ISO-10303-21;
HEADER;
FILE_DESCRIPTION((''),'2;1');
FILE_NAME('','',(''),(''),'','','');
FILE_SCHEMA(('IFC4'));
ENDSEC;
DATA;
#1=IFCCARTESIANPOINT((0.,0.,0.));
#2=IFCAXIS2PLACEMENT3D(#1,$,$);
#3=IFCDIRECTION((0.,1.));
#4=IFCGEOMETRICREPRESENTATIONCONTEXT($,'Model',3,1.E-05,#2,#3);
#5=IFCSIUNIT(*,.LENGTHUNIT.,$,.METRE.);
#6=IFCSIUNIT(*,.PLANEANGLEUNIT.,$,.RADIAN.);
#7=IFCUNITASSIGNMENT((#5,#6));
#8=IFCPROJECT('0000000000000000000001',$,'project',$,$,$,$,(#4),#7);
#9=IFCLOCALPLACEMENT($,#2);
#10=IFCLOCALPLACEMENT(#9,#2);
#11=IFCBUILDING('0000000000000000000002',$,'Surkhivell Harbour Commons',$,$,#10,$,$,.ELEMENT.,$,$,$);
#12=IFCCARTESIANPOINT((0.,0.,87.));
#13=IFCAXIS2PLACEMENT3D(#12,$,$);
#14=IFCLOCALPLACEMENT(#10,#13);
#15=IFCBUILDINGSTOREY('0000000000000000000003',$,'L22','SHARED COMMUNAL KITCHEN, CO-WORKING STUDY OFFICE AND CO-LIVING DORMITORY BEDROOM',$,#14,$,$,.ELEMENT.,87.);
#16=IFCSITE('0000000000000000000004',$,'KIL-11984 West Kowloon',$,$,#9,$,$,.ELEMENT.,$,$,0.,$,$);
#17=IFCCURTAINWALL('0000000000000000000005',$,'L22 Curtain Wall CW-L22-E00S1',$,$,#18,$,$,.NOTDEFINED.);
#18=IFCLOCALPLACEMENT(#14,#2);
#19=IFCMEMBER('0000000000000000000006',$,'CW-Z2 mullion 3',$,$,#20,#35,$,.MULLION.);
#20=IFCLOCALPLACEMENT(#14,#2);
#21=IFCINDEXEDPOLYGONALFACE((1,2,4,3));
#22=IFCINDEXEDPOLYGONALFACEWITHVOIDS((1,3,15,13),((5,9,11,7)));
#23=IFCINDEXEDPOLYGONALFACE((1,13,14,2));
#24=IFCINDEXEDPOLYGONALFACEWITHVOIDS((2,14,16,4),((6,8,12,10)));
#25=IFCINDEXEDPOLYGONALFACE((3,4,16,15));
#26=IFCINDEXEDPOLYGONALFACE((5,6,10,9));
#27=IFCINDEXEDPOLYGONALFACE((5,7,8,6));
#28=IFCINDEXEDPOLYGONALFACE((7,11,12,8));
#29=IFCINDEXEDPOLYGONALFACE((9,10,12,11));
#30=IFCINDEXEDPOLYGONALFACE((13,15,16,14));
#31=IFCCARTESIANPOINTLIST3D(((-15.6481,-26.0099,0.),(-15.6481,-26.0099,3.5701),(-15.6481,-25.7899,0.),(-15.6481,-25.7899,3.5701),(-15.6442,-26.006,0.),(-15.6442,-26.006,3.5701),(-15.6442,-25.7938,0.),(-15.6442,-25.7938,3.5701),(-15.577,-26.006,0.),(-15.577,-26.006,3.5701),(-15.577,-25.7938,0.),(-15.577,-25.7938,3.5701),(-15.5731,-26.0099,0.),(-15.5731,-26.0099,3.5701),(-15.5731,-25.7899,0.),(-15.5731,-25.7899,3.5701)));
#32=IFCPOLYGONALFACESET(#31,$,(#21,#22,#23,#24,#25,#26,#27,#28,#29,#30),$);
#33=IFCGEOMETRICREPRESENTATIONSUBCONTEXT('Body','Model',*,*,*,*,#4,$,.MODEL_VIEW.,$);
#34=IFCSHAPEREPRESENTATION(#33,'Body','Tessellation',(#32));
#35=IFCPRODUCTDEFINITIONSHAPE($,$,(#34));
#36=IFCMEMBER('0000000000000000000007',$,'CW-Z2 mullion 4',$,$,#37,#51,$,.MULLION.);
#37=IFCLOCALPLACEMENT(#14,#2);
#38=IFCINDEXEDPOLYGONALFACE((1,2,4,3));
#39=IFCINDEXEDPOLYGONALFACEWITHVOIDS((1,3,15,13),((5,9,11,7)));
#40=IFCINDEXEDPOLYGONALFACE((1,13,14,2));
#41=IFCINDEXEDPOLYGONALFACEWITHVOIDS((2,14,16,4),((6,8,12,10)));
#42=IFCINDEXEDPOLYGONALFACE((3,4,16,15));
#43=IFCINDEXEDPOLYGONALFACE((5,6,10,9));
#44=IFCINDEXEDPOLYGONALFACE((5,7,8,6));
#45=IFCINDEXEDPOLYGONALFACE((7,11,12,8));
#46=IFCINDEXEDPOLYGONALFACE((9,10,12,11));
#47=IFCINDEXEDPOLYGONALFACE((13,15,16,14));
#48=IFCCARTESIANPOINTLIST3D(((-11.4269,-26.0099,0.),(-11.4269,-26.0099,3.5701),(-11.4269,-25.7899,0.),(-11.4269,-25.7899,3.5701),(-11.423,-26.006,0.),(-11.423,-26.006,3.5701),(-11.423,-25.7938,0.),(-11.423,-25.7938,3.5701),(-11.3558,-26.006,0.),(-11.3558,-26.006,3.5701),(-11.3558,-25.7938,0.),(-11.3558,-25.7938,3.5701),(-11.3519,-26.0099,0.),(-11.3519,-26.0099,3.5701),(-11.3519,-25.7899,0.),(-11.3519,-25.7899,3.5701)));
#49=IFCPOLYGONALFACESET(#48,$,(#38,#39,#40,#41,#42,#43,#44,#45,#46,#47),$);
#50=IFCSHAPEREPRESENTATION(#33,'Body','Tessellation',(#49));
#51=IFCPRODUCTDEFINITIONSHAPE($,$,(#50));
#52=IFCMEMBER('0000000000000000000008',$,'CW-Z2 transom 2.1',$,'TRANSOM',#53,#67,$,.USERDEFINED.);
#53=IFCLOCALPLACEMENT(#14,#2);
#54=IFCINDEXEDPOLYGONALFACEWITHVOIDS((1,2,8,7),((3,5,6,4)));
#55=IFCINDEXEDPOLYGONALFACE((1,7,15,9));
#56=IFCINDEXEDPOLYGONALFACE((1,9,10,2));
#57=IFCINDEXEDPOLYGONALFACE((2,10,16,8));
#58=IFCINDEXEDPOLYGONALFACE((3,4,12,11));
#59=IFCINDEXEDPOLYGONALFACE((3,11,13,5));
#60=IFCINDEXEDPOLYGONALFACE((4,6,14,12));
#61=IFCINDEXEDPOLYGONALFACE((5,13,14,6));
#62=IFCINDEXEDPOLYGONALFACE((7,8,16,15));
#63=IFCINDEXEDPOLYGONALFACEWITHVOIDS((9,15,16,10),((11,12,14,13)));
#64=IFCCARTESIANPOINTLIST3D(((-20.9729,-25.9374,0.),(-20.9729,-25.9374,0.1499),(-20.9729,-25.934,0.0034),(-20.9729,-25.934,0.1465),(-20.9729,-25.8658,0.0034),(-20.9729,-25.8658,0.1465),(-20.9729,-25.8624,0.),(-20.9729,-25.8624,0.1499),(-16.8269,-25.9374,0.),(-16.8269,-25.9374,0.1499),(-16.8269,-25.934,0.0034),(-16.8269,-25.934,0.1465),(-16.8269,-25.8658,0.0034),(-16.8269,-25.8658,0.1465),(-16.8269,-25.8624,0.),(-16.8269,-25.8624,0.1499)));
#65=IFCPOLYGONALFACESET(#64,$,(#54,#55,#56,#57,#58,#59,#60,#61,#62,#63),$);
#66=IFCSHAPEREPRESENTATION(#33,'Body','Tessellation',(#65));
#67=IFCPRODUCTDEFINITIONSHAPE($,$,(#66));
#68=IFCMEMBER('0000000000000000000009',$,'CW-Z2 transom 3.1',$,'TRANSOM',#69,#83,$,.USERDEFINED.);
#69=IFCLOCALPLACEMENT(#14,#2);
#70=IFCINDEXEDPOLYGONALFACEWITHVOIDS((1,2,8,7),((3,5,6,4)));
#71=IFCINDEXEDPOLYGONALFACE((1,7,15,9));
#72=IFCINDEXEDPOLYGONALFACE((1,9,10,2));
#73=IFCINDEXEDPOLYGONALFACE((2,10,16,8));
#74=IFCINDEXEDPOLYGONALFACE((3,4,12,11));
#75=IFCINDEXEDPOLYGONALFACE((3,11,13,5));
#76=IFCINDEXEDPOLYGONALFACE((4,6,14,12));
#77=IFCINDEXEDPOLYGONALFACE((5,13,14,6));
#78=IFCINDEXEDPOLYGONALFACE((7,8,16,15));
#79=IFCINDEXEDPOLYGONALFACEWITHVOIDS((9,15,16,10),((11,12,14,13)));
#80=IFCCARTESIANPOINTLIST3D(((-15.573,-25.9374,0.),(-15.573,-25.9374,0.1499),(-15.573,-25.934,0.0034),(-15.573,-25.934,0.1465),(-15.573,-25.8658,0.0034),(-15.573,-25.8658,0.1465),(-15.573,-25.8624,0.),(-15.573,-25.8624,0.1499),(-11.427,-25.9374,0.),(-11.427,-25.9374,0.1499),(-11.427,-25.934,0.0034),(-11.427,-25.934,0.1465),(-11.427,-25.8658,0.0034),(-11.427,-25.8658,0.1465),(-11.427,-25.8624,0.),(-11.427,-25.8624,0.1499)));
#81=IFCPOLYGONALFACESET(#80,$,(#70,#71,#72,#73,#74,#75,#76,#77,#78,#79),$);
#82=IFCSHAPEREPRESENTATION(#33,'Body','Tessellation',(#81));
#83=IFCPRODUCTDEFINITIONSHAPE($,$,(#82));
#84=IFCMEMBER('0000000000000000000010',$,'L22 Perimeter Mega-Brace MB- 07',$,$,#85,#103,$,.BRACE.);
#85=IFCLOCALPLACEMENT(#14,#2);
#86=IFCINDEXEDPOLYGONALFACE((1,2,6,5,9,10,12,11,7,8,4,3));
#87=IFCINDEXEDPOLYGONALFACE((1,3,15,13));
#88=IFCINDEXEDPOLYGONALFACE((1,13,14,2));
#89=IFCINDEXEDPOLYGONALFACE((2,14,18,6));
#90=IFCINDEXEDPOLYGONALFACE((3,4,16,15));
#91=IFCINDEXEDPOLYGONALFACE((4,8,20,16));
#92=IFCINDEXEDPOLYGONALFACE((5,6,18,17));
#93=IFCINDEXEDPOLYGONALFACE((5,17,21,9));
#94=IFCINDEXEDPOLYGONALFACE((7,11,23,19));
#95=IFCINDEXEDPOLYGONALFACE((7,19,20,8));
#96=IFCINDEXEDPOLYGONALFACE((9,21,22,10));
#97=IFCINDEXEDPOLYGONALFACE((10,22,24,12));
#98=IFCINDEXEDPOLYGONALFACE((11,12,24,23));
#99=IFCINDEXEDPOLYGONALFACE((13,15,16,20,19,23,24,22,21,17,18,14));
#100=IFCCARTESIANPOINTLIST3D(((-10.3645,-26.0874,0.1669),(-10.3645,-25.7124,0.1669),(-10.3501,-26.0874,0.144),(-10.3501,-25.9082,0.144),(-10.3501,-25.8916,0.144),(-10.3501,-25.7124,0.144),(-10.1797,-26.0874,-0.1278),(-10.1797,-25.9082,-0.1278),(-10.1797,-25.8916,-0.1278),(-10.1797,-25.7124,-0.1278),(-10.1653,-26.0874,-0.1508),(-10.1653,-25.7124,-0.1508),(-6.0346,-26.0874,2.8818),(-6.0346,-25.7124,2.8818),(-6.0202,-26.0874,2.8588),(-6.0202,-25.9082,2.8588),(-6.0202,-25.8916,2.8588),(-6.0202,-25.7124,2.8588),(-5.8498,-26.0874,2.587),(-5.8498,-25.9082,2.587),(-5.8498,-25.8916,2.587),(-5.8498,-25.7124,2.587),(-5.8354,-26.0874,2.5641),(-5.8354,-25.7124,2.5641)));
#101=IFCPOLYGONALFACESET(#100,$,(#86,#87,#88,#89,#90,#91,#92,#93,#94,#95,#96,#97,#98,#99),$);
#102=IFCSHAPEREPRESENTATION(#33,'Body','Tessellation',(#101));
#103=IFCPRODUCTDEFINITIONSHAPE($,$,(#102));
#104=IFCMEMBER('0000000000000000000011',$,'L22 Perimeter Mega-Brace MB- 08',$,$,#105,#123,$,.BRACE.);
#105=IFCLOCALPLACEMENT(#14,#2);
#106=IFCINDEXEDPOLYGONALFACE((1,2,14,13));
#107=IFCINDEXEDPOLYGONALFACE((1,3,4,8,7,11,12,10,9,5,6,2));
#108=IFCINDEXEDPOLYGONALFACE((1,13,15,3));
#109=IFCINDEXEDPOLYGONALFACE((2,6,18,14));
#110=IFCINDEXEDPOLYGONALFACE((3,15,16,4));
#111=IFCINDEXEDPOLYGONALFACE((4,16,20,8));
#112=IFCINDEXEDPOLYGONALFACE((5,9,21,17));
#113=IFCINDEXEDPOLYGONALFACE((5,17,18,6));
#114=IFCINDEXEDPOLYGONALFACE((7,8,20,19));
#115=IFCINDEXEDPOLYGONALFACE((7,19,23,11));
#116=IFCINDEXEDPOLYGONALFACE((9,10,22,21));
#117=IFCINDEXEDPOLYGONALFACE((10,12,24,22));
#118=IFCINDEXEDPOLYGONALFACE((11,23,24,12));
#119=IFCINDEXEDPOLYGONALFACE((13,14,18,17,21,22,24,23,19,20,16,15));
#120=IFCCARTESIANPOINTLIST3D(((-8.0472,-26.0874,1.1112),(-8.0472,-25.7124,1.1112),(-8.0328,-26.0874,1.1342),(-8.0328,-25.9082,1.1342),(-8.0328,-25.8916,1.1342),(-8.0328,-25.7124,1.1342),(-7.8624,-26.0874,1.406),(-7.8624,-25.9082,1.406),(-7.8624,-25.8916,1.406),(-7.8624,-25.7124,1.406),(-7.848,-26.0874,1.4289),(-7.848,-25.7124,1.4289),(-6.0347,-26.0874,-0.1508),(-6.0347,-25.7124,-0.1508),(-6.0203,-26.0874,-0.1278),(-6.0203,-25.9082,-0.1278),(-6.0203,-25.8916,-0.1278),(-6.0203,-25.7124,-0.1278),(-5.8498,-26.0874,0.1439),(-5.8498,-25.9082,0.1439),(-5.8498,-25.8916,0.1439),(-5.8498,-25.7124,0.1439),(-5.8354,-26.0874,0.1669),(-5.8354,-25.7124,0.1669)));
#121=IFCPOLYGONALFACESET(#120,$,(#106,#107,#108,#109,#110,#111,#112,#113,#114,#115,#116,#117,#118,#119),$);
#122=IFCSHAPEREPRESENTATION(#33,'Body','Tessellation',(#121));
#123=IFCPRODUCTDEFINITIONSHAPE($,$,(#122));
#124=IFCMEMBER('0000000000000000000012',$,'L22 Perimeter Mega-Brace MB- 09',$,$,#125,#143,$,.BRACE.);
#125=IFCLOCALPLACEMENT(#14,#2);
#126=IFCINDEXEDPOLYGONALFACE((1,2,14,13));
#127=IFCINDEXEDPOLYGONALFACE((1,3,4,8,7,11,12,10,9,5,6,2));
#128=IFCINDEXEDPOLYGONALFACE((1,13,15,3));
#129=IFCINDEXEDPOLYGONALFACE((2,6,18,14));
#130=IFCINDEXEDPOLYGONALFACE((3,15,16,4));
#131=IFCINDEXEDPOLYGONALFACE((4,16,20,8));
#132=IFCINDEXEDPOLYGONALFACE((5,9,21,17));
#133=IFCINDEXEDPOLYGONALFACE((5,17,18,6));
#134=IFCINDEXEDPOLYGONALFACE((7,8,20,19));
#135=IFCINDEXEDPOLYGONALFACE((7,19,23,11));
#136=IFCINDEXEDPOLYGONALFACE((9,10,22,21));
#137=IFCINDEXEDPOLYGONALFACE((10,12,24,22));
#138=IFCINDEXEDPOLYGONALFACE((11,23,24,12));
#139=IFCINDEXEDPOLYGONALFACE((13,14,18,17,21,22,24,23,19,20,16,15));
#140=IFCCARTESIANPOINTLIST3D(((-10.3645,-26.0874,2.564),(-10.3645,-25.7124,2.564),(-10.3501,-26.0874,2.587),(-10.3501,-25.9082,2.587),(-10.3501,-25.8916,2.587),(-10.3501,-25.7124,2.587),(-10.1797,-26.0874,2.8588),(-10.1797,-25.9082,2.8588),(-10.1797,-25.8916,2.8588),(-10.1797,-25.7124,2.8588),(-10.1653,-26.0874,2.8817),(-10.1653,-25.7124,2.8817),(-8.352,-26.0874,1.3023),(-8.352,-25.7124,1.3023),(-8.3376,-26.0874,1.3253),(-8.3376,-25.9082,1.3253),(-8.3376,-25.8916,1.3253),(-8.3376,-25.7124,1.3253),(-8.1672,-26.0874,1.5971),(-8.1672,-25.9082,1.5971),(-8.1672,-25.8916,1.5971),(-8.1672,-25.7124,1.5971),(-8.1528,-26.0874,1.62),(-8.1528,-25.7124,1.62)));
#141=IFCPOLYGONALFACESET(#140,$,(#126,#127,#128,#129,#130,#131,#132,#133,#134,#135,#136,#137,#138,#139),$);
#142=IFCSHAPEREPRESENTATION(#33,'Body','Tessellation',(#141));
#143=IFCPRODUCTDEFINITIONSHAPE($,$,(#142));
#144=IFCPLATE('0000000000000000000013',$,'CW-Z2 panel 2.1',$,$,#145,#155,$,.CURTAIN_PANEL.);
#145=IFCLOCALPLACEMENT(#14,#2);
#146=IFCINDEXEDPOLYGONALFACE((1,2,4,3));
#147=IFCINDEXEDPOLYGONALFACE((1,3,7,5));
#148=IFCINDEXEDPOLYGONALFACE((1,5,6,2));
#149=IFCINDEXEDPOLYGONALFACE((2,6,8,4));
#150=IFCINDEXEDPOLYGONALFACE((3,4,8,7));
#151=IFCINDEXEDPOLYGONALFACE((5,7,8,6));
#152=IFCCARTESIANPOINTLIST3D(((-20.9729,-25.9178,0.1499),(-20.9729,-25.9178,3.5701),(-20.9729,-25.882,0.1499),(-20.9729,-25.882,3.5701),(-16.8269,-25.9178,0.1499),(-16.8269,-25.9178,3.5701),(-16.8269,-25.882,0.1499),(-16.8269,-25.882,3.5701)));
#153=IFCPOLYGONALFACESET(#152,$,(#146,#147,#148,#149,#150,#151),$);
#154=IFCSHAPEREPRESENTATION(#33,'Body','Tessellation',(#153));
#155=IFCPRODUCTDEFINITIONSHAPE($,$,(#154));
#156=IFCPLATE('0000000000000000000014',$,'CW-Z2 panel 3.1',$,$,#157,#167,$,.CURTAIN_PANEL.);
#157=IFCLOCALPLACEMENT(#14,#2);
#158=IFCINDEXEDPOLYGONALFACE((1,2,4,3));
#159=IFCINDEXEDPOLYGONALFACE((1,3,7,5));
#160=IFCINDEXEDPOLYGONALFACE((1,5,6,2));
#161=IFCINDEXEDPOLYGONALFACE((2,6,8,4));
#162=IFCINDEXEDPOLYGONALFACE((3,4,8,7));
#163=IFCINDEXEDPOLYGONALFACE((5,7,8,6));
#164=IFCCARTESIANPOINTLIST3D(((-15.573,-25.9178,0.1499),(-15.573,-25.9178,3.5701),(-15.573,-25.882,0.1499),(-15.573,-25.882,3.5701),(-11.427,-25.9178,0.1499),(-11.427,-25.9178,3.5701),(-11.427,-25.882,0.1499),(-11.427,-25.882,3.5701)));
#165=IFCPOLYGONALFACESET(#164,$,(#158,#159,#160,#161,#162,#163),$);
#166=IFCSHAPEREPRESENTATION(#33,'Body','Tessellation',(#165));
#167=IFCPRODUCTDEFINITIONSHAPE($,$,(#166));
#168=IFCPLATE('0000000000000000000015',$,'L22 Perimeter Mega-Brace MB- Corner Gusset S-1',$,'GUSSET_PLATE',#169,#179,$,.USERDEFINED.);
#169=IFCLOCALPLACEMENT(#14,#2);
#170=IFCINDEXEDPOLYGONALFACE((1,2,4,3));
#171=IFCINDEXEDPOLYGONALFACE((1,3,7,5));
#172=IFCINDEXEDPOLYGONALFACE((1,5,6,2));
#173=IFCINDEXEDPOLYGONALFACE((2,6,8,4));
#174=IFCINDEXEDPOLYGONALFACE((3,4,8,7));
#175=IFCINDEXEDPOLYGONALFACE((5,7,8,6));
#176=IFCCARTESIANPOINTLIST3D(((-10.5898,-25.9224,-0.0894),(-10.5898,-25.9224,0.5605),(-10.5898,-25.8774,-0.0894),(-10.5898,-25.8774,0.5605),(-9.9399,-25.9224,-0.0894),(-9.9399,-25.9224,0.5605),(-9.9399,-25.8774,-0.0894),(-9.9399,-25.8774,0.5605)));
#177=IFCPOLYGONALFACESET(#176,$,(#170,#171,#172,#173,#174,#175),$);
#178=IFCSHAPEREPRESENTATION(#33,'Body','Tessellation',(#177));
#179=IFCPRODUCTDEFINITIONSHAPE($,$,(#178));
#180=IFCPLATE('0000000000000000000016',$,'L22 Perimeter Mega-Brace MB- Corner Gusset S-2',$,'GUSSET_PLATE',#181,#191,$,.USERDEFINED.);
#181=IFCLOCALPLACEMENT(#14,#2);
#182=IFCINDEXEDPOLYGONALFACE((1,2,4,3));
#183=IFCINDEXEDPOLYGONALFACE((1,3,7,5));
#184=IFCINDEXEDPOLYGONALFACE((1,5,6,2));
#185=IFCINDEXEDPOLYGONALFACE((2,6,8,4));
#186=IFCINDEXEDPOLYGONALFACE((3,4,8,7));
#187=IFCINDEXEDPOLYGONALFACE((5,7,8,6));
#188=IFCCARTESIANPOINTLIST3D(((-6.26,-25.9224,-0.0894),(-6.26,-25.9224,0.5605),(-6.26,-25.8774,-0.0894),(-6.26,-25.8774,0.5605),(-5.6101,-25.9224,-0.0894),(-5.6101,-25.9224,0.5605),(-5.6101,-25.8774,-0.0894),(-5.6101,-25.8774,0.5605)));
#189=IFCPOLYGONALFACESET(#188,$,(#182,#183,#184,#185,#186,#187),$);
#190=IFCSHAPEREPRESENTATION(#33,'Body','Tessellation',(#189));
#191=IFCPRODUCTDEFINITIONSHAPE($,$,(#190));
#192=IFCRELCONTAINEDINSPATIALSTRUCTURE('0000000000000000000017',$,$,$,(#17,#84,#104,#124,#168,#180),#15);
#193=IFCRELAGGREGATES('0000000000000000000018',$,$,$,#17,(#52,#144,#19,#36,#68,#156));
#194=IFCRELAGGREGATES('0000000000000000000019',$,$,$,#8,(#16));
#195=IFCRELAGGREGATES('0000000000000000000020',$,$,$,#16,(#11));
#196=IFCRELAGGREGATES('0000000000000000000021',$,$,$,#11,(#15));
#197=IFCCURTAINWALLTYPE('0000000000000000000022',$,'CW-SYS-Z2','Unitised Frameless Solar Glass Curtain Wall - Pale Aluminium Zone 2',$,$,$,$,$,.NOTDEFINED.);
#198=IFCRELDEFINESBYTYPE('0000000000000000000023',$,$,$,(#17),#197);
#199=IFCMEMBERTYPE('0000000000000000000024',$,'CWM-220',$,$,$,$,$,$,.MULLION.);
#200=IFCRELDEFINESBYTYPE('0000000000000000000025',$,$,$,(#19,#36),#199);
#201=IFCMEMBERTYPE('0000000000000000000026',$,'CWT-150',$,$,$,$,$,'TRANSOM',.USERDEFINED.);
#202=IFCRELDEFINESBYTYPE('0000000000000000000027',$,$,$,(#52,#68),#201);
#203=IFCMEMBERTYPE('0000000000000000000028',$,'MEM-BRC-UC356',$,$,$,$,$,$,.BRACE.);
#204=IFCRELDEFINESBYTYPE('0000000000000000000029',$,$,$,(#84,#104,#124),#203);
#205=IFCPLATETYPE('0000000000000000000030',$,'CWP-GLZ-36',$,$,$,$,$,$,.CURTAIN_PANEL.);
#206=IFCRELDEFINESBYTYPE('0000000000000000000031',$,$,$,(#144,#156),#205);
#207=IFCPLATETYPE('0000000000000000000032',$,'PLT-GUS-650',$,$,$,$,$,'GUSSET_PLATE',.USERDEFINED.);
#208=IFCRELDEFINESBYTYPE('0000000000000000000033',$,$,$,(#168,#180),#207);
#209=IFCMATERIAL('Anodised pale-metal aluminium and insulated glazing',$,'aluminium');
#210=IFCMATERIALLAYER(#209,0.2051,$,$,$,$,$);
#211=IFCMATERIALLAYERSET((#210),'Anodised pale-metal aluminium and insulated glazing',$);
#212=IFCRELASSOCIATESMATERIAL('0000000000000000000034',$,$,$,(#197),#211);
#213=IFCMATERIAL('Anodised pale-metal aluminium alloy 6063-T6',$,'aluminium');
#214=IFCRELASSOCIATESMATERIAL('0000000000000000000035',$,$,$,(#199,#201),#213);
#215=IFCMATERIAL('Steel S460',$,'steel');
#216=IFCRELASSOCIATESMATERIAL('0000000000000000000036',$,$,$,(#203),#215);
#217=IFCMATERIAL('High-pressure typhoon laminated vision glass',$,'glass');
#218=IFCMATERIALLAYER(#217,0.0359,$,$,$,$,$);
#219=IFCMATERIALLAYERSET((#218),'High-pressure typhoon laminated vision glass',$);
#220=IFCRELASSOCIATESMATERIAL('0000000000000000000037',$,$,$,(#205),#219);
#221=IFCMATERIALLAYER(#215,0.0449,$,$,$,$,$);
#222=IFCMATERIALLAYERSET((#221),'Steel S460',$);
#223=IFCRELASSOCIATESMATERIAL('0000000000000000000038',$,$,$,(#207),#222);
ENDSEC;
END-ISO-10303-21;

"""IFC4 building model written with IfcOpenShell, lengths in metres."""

from ifc_helpers import new_model, si_unit, direction, frame, frame_2d, origin, origin_2d, place, context, subcontext, project, spatial, rectangle, hollow_rectangle, i_section, extrude, material, layer, layer_set, material_profile, profile_set, type_object, element, aggregate, save


model = new_model("IFC4")

# Units and contexts
model_context = context("Model", 3, precision=1e-05, world=origin(), true_north=direction((0.0, 1.0)))
body_context = subcontext(model_context, "Body", "Model", "MODEL_VIEW")
ifc_project = project(units=[si_unit("LENGTHUNIT", "METRE"), si_unit("PLANEANGLEUNIT", "RADIAN")], contexts=[model_context])

# Site, building, storey
site_placement = place(None, origin())
site = spatial("IfcSite", under=ifc_project, at=site_placement, Name="KIL-11984 West Kowloon", CompositionType="ELEMENT", RefElevation=0.0)
building_placement = place(site_placement, origin())
building = spatial("IfcBuilding", under=site, at=building_placement, Name="Surkhivell Harbour Commons", CompositionType="ELEMENT")
storey_placement = place(building_placement, frame((0.0, 0.0, 87.0)))
storey = spatial("IfcBuildingStorey", under=building, at=storey_placement, Name="L22", Description="SHARED COMMUNAL KITCHEN, CO-WORKING STUDY OFFICE AND CO-LIVING DORMITORY BEDROOM", CompositionType="ELEMENT", Elevation=87.0)

# Shared definitions
ifc_material_1 = material(Name="Steel S460", Category="steel")

# Curtain wall, members
ifc_material_2 = material(Name="Anodised pale-metal aluminium and insulated glazing", Category="aluminium")
ifc_layer_1 = layer(ifc_material_2, 0.2051)
ifc_layer_set_1 = layer_set([ifc_layer_1], Name="Anodised pale-metal aluminium and insulated glazing")
curtain_wall_type = type_object("IfcCurtainWallType", Name="CW-SYS-Z2", Description="Unitised Frameless Solar Glass Curtain Wall - Pale Aluminium Zone 2", PredefinedType="NOTDEFINED", material=ifc_layer_set_1)
curtain_wall_placement = place(storey_placement, origin())
curtain_wall = element("IfcCurtainWall", 1, at=curtain_wall_placement, inside=storey, type_object=curtain_wall_type, Name="L22 Curtain Wall CW-L22-E00S1", PredefinedType="NOTDEFINED")
ifc_material_3 = material(Name="Anodised pale-metal aluminium alloy 6063-T6", Category="aluminium")
ifc_material_profile_1 = material_profile(ifc_material_3, hollow_rectangle(XDim=0.075, YDim=0.22, WallThickness=0.0039, at=origin_2d()), Name="ALU-MULL-75x220")
ifc_profile_set_1 = profile_set([ifc_material_profile_1], Name="Anodised pale-metal aluminium alloy 6063-T6")
member_type_1 = type_object("IfcMemberType", Name="CWM-220", PredefinedType="MULLION", material=ifc_profile_set_1)
member_1_placement = place(storey_placement, frame((-15.6106, -25.8999, 0.0), z_axis=(0.0, 0.0, 1.0), x_axis=(1.0, 0.0, 0.0)))
member_1 = element("IfcMember", 2, at=member_1_placement, type_object=member_type_1, Name="CW-Z2 mullion 3", PredefinedType="MULLION", context=body_context, shape_type="SweptSolid", body=[
    extrude(hollow_rectangle(XDim=0.075, YDim=0.22, WallThickness=0.0039, at=origin_2d()), origin(), (0.0, 0.0, 1.0), 3.5701),
])
member_2_placement = place(storey_placement, frame((-11.3894, -25.8999, 0.0), z_axis=(0.0, 0.0, 1.0), x_axis=(1.0, 0.0, 0.0)))
member_2 = element("IfcMember", 3, at=member_2_placement, type_object=member_type_1, Name="CW-Z2 mullion 4", PredefinedType="MULLION", context=body_context, shape_type="SweptSolid", body=[
    extrude(hollow_rectangle(XDim=0.075, YDim=0.22, WallThickness=0.0039, at=origin_2d()), origin(), (0.0, 0.0, 1.0), 3.5701),
])
ifc_material_profile_2 = material_profile(ifc_material_3, hollow_rectangle(XDim=0.075, YDim=0.1499, WallThickness=0.0034, at=origin_2d()), Name="ALU-TRAN-75x150")
ifc_profile_set_2 = profile_set([ifc_material_profile_2], Name="Anodised pale-metal aluminium alloy 6063-T6")
member_type_2 = type_object("IfcMemberType", Name="CWT-150", ElementType="TRANSOM", PredefinedType="USERDEFINED", material=ifc_profile_set_2)
member_3_placement = place(storey_placement, frame((-20.9729, -25.8999, 0.075), z_axis=(1.0, 0.0, 0.0), x_axis=(0.0, 1.0, 0.0)))
member_3 = element("IfcMember", 4, at=member_3_placement, type_object=member_type_2, Name="CW-Z2 transom 2.1", ObjectType="TRANSOM", PredefinedType="USERDEFINED", context=body_context, shape_type="SweptSolid", body=[
    extrude(hollow_rectangle(XDim=0.075, YDim=0.1499, WallThickness=0.0034, at=origin_2d()), origin(), (0.0, 0.0, 1.0), 4.146),
])
member_4_placement = place(storey_placement, frame((-15.573, -25.8999, 0.075), z_axis=(1.0, 0.0, 0.0), x_axis=(0.0, 1.0, 0.0)))
member_4 = element("IfcMember", 5, at=member_4_placement, type_object=member_type_2, Name="CW-Z2 transom 3.1", ObjectType="TRANSOM", PredefinedType="USERDEFINED", context=body_context, shape_type="SweptSolid", body=[
    extrude(hollow_rectangle(XDim=0.075, YDim=0.1499, WallThickness=0.0034, at=origin_2d()), origin(), (0.0, 0.0, 1.0), 4.146),
])

# Members
ifc_material_profile_3 = material_profile(ifc_material_1, i_section(OverallWidth=0.375, OverallDepth=0.375, WebThickness=0.0166, FlangeThickness=0.0271, at=origin_2d()), Name="UC356x368x202")
ifc_profile_set_3 = profile_set([ifc_material_profile_3], Name="Steel S460")
member_type_3 = type_object("IfcMemberType", Name="MEM-BRC-UC356", PredefinedType="BRACE", material=ifc_profile_set_3)
member_5_placement = place(storey_placement, frame((-10.2649, -25.8999, 0.0081), z_axis=(0.847233, 0.0, 0.531222), x_axis=(0.0, 1.0, 0.0)))
element("IfcMember", 6, at=member_5_placement, inside=storey, type_object=member_type_3, Name="L22 Perimeter Mega-Brace MB- 07", PredefinedType="BRACE", context=body_context, shape_type="SweptSolid", body=[
    extrude(i_section(OverallWidth=0.375, OverallDepth=0.375, WebThickness=0.0166, FlangeThickness=0.0271, at=origin_2d()), origin(), (0.0, 0.0, 1.0), 5.1106),
])
member_6_placement = place(storey_placement, frame((-5.9351, -25.8999, 0.0081), z_axis=(-0.847206, 0.0, 0.531264), x_axis=(0.0, -1.0, 0.0)))
element("IfcMember", 7, at=member_6_placement, inside=storey, type_object=member_type_3, Name="L22 Perimeter Mega-Brace MB- 08", PredefinedType="BRACE", context=body_context, shape_type="SweptSolid", body=[
    extrude(i_section(OverallWidth=0.375, OverallDepth=0.375, WebThickness=0.0166, FlangeThickness=0.0271, at=origin_2d()), origin(), (0.0, 0.0, 1.0), 2.3755),
])
member_7_placement = place(storey_placement, frame((-8.2524, -25.8999, 1.4612), z_axis=(-0.847253, 0.0, 0.53119), x_axis=(0.0, -1.0, 0.0)))
element("IfcMember", 8, at=member_7_placement, inside=storey, type_object=member_type_3, Name="L22 Perimeter Mega-Brace MB- 09", PredefinedType="BRACE", context=body_context, shape_type="SweptSolid", body=[
    extrude(i_section(OverallWidth=0.375, OverallDepth=0.375, WebThickness=0.0166, FlangeThickness=0.0271, at=origin_2d()), origin(), (0.0, 0.0, 1.0), 2.3752),
])

# Plates
ifc_material_4 = material(Name="High-pressure typhoon laminated vision glass", Category="glass")
ifc_layer_2 = layer(ifc_material_4, 0.0359)
ifc_layer_set_2 = layer_set([ifc_layer_2], Name="High-pressure typhoon laminated vision glass")
plate_type_1 = type_object("IfcPlateType", Name="CWP-GLZ-36", PredefinedType="CURTAIN_PANEL", material=ifc_layer_set_2)
plate_1_placement = place(storey_placement, frame((-20.9729, -25.8999, 0.1499), z_axis=(0.0, 0.0, 1.0), x_axis=(1.0, 0.0, 0.0)))
plate_1 = element("IfcPlate", 9, at=plate_1_placement, type_object=plate_type_1, Name="CW-Z2 panel 2.1", PredefinedType="CURTAIN_PANEL", context=body_context, shape_type="SweptSolid", body=[
    extrude(rectangle(XDim=4.146, YDim=0.0359, at=frame_2d((2.073, 0.0))), origin(), (0.0, 0.0, 1.0), 3.4202),
])
plate_2_placement = place(storey_placement, frame((-15.573, -25.8999, 0.1499), z_axis=(0.0, 0.0, 1.0), x_axis=(1.0, 0.0, 0.0)))
plate_2 = element("IfcPlate", 10, at=plate_2_placement, type_object=plate_type_1, Name="CW-Z2 panel 3.1", PredefinedType="CURTAIN_PANEL", context=body_context, shape_type="SweptSolid", body=[
    extrude(rectangle(XDim=4.146, YDim=0.0359, at=frame_2d((2.073, 0.0))), origin(), (0.0, 0.0, 1.0), 3.4202),
])
aggregate(curtain_wall, [member_3, plate_1, member_1, member_2, member_4, plate_2])

# Plates
ifc_layer_3 = layer(ifc_material_1, 0.0449)
ifc_layer_set_3 = layer_set([ifc_layer_3], Name="Steel S460")
plate_type_2 = type_object("IfcPlateType", Name="PLT-GUS-650", ElementType="GUSSET_PLATE", PredefinedType="USERDEFINED", material=ifc_layer_set_3)
for number, where, z_axis, x_axis, name in (
    (11, (-10.2649, -25.8999, -0.0894), (0.0, 0.0, 1.0), (1.0, 0.0, 0.0), "L22 Perimeter Mega-Brace MB- Corner Gusset S-1"),
    (12, (-5.9351, -25.8999, -0.0894), (0.0, 0.0, 1.0), (1.0, 0.0, 0.0), "L22 Perimeter Mega-Brace MB- Corner Gusset S-2"),
):
    element("IfcPlate", number, at=place(storey_placement, frame(where, z_axis=z_axis, x_axis=x_axis)), inside=storey, type_object=plate_type_2, Name=name, ObjectType="GUSSET_PLATE", PredefinedType="USERDEFINED", context=body_context, shape_type="SweptSolid", body=[
        extrude(rectangle(XDim=0.6499, YDim=0.0449, at=origin_2d()), origin(), (0.0, 0.0, 1.0), 0.6499),
    ])

save(model, "model.ifc")
